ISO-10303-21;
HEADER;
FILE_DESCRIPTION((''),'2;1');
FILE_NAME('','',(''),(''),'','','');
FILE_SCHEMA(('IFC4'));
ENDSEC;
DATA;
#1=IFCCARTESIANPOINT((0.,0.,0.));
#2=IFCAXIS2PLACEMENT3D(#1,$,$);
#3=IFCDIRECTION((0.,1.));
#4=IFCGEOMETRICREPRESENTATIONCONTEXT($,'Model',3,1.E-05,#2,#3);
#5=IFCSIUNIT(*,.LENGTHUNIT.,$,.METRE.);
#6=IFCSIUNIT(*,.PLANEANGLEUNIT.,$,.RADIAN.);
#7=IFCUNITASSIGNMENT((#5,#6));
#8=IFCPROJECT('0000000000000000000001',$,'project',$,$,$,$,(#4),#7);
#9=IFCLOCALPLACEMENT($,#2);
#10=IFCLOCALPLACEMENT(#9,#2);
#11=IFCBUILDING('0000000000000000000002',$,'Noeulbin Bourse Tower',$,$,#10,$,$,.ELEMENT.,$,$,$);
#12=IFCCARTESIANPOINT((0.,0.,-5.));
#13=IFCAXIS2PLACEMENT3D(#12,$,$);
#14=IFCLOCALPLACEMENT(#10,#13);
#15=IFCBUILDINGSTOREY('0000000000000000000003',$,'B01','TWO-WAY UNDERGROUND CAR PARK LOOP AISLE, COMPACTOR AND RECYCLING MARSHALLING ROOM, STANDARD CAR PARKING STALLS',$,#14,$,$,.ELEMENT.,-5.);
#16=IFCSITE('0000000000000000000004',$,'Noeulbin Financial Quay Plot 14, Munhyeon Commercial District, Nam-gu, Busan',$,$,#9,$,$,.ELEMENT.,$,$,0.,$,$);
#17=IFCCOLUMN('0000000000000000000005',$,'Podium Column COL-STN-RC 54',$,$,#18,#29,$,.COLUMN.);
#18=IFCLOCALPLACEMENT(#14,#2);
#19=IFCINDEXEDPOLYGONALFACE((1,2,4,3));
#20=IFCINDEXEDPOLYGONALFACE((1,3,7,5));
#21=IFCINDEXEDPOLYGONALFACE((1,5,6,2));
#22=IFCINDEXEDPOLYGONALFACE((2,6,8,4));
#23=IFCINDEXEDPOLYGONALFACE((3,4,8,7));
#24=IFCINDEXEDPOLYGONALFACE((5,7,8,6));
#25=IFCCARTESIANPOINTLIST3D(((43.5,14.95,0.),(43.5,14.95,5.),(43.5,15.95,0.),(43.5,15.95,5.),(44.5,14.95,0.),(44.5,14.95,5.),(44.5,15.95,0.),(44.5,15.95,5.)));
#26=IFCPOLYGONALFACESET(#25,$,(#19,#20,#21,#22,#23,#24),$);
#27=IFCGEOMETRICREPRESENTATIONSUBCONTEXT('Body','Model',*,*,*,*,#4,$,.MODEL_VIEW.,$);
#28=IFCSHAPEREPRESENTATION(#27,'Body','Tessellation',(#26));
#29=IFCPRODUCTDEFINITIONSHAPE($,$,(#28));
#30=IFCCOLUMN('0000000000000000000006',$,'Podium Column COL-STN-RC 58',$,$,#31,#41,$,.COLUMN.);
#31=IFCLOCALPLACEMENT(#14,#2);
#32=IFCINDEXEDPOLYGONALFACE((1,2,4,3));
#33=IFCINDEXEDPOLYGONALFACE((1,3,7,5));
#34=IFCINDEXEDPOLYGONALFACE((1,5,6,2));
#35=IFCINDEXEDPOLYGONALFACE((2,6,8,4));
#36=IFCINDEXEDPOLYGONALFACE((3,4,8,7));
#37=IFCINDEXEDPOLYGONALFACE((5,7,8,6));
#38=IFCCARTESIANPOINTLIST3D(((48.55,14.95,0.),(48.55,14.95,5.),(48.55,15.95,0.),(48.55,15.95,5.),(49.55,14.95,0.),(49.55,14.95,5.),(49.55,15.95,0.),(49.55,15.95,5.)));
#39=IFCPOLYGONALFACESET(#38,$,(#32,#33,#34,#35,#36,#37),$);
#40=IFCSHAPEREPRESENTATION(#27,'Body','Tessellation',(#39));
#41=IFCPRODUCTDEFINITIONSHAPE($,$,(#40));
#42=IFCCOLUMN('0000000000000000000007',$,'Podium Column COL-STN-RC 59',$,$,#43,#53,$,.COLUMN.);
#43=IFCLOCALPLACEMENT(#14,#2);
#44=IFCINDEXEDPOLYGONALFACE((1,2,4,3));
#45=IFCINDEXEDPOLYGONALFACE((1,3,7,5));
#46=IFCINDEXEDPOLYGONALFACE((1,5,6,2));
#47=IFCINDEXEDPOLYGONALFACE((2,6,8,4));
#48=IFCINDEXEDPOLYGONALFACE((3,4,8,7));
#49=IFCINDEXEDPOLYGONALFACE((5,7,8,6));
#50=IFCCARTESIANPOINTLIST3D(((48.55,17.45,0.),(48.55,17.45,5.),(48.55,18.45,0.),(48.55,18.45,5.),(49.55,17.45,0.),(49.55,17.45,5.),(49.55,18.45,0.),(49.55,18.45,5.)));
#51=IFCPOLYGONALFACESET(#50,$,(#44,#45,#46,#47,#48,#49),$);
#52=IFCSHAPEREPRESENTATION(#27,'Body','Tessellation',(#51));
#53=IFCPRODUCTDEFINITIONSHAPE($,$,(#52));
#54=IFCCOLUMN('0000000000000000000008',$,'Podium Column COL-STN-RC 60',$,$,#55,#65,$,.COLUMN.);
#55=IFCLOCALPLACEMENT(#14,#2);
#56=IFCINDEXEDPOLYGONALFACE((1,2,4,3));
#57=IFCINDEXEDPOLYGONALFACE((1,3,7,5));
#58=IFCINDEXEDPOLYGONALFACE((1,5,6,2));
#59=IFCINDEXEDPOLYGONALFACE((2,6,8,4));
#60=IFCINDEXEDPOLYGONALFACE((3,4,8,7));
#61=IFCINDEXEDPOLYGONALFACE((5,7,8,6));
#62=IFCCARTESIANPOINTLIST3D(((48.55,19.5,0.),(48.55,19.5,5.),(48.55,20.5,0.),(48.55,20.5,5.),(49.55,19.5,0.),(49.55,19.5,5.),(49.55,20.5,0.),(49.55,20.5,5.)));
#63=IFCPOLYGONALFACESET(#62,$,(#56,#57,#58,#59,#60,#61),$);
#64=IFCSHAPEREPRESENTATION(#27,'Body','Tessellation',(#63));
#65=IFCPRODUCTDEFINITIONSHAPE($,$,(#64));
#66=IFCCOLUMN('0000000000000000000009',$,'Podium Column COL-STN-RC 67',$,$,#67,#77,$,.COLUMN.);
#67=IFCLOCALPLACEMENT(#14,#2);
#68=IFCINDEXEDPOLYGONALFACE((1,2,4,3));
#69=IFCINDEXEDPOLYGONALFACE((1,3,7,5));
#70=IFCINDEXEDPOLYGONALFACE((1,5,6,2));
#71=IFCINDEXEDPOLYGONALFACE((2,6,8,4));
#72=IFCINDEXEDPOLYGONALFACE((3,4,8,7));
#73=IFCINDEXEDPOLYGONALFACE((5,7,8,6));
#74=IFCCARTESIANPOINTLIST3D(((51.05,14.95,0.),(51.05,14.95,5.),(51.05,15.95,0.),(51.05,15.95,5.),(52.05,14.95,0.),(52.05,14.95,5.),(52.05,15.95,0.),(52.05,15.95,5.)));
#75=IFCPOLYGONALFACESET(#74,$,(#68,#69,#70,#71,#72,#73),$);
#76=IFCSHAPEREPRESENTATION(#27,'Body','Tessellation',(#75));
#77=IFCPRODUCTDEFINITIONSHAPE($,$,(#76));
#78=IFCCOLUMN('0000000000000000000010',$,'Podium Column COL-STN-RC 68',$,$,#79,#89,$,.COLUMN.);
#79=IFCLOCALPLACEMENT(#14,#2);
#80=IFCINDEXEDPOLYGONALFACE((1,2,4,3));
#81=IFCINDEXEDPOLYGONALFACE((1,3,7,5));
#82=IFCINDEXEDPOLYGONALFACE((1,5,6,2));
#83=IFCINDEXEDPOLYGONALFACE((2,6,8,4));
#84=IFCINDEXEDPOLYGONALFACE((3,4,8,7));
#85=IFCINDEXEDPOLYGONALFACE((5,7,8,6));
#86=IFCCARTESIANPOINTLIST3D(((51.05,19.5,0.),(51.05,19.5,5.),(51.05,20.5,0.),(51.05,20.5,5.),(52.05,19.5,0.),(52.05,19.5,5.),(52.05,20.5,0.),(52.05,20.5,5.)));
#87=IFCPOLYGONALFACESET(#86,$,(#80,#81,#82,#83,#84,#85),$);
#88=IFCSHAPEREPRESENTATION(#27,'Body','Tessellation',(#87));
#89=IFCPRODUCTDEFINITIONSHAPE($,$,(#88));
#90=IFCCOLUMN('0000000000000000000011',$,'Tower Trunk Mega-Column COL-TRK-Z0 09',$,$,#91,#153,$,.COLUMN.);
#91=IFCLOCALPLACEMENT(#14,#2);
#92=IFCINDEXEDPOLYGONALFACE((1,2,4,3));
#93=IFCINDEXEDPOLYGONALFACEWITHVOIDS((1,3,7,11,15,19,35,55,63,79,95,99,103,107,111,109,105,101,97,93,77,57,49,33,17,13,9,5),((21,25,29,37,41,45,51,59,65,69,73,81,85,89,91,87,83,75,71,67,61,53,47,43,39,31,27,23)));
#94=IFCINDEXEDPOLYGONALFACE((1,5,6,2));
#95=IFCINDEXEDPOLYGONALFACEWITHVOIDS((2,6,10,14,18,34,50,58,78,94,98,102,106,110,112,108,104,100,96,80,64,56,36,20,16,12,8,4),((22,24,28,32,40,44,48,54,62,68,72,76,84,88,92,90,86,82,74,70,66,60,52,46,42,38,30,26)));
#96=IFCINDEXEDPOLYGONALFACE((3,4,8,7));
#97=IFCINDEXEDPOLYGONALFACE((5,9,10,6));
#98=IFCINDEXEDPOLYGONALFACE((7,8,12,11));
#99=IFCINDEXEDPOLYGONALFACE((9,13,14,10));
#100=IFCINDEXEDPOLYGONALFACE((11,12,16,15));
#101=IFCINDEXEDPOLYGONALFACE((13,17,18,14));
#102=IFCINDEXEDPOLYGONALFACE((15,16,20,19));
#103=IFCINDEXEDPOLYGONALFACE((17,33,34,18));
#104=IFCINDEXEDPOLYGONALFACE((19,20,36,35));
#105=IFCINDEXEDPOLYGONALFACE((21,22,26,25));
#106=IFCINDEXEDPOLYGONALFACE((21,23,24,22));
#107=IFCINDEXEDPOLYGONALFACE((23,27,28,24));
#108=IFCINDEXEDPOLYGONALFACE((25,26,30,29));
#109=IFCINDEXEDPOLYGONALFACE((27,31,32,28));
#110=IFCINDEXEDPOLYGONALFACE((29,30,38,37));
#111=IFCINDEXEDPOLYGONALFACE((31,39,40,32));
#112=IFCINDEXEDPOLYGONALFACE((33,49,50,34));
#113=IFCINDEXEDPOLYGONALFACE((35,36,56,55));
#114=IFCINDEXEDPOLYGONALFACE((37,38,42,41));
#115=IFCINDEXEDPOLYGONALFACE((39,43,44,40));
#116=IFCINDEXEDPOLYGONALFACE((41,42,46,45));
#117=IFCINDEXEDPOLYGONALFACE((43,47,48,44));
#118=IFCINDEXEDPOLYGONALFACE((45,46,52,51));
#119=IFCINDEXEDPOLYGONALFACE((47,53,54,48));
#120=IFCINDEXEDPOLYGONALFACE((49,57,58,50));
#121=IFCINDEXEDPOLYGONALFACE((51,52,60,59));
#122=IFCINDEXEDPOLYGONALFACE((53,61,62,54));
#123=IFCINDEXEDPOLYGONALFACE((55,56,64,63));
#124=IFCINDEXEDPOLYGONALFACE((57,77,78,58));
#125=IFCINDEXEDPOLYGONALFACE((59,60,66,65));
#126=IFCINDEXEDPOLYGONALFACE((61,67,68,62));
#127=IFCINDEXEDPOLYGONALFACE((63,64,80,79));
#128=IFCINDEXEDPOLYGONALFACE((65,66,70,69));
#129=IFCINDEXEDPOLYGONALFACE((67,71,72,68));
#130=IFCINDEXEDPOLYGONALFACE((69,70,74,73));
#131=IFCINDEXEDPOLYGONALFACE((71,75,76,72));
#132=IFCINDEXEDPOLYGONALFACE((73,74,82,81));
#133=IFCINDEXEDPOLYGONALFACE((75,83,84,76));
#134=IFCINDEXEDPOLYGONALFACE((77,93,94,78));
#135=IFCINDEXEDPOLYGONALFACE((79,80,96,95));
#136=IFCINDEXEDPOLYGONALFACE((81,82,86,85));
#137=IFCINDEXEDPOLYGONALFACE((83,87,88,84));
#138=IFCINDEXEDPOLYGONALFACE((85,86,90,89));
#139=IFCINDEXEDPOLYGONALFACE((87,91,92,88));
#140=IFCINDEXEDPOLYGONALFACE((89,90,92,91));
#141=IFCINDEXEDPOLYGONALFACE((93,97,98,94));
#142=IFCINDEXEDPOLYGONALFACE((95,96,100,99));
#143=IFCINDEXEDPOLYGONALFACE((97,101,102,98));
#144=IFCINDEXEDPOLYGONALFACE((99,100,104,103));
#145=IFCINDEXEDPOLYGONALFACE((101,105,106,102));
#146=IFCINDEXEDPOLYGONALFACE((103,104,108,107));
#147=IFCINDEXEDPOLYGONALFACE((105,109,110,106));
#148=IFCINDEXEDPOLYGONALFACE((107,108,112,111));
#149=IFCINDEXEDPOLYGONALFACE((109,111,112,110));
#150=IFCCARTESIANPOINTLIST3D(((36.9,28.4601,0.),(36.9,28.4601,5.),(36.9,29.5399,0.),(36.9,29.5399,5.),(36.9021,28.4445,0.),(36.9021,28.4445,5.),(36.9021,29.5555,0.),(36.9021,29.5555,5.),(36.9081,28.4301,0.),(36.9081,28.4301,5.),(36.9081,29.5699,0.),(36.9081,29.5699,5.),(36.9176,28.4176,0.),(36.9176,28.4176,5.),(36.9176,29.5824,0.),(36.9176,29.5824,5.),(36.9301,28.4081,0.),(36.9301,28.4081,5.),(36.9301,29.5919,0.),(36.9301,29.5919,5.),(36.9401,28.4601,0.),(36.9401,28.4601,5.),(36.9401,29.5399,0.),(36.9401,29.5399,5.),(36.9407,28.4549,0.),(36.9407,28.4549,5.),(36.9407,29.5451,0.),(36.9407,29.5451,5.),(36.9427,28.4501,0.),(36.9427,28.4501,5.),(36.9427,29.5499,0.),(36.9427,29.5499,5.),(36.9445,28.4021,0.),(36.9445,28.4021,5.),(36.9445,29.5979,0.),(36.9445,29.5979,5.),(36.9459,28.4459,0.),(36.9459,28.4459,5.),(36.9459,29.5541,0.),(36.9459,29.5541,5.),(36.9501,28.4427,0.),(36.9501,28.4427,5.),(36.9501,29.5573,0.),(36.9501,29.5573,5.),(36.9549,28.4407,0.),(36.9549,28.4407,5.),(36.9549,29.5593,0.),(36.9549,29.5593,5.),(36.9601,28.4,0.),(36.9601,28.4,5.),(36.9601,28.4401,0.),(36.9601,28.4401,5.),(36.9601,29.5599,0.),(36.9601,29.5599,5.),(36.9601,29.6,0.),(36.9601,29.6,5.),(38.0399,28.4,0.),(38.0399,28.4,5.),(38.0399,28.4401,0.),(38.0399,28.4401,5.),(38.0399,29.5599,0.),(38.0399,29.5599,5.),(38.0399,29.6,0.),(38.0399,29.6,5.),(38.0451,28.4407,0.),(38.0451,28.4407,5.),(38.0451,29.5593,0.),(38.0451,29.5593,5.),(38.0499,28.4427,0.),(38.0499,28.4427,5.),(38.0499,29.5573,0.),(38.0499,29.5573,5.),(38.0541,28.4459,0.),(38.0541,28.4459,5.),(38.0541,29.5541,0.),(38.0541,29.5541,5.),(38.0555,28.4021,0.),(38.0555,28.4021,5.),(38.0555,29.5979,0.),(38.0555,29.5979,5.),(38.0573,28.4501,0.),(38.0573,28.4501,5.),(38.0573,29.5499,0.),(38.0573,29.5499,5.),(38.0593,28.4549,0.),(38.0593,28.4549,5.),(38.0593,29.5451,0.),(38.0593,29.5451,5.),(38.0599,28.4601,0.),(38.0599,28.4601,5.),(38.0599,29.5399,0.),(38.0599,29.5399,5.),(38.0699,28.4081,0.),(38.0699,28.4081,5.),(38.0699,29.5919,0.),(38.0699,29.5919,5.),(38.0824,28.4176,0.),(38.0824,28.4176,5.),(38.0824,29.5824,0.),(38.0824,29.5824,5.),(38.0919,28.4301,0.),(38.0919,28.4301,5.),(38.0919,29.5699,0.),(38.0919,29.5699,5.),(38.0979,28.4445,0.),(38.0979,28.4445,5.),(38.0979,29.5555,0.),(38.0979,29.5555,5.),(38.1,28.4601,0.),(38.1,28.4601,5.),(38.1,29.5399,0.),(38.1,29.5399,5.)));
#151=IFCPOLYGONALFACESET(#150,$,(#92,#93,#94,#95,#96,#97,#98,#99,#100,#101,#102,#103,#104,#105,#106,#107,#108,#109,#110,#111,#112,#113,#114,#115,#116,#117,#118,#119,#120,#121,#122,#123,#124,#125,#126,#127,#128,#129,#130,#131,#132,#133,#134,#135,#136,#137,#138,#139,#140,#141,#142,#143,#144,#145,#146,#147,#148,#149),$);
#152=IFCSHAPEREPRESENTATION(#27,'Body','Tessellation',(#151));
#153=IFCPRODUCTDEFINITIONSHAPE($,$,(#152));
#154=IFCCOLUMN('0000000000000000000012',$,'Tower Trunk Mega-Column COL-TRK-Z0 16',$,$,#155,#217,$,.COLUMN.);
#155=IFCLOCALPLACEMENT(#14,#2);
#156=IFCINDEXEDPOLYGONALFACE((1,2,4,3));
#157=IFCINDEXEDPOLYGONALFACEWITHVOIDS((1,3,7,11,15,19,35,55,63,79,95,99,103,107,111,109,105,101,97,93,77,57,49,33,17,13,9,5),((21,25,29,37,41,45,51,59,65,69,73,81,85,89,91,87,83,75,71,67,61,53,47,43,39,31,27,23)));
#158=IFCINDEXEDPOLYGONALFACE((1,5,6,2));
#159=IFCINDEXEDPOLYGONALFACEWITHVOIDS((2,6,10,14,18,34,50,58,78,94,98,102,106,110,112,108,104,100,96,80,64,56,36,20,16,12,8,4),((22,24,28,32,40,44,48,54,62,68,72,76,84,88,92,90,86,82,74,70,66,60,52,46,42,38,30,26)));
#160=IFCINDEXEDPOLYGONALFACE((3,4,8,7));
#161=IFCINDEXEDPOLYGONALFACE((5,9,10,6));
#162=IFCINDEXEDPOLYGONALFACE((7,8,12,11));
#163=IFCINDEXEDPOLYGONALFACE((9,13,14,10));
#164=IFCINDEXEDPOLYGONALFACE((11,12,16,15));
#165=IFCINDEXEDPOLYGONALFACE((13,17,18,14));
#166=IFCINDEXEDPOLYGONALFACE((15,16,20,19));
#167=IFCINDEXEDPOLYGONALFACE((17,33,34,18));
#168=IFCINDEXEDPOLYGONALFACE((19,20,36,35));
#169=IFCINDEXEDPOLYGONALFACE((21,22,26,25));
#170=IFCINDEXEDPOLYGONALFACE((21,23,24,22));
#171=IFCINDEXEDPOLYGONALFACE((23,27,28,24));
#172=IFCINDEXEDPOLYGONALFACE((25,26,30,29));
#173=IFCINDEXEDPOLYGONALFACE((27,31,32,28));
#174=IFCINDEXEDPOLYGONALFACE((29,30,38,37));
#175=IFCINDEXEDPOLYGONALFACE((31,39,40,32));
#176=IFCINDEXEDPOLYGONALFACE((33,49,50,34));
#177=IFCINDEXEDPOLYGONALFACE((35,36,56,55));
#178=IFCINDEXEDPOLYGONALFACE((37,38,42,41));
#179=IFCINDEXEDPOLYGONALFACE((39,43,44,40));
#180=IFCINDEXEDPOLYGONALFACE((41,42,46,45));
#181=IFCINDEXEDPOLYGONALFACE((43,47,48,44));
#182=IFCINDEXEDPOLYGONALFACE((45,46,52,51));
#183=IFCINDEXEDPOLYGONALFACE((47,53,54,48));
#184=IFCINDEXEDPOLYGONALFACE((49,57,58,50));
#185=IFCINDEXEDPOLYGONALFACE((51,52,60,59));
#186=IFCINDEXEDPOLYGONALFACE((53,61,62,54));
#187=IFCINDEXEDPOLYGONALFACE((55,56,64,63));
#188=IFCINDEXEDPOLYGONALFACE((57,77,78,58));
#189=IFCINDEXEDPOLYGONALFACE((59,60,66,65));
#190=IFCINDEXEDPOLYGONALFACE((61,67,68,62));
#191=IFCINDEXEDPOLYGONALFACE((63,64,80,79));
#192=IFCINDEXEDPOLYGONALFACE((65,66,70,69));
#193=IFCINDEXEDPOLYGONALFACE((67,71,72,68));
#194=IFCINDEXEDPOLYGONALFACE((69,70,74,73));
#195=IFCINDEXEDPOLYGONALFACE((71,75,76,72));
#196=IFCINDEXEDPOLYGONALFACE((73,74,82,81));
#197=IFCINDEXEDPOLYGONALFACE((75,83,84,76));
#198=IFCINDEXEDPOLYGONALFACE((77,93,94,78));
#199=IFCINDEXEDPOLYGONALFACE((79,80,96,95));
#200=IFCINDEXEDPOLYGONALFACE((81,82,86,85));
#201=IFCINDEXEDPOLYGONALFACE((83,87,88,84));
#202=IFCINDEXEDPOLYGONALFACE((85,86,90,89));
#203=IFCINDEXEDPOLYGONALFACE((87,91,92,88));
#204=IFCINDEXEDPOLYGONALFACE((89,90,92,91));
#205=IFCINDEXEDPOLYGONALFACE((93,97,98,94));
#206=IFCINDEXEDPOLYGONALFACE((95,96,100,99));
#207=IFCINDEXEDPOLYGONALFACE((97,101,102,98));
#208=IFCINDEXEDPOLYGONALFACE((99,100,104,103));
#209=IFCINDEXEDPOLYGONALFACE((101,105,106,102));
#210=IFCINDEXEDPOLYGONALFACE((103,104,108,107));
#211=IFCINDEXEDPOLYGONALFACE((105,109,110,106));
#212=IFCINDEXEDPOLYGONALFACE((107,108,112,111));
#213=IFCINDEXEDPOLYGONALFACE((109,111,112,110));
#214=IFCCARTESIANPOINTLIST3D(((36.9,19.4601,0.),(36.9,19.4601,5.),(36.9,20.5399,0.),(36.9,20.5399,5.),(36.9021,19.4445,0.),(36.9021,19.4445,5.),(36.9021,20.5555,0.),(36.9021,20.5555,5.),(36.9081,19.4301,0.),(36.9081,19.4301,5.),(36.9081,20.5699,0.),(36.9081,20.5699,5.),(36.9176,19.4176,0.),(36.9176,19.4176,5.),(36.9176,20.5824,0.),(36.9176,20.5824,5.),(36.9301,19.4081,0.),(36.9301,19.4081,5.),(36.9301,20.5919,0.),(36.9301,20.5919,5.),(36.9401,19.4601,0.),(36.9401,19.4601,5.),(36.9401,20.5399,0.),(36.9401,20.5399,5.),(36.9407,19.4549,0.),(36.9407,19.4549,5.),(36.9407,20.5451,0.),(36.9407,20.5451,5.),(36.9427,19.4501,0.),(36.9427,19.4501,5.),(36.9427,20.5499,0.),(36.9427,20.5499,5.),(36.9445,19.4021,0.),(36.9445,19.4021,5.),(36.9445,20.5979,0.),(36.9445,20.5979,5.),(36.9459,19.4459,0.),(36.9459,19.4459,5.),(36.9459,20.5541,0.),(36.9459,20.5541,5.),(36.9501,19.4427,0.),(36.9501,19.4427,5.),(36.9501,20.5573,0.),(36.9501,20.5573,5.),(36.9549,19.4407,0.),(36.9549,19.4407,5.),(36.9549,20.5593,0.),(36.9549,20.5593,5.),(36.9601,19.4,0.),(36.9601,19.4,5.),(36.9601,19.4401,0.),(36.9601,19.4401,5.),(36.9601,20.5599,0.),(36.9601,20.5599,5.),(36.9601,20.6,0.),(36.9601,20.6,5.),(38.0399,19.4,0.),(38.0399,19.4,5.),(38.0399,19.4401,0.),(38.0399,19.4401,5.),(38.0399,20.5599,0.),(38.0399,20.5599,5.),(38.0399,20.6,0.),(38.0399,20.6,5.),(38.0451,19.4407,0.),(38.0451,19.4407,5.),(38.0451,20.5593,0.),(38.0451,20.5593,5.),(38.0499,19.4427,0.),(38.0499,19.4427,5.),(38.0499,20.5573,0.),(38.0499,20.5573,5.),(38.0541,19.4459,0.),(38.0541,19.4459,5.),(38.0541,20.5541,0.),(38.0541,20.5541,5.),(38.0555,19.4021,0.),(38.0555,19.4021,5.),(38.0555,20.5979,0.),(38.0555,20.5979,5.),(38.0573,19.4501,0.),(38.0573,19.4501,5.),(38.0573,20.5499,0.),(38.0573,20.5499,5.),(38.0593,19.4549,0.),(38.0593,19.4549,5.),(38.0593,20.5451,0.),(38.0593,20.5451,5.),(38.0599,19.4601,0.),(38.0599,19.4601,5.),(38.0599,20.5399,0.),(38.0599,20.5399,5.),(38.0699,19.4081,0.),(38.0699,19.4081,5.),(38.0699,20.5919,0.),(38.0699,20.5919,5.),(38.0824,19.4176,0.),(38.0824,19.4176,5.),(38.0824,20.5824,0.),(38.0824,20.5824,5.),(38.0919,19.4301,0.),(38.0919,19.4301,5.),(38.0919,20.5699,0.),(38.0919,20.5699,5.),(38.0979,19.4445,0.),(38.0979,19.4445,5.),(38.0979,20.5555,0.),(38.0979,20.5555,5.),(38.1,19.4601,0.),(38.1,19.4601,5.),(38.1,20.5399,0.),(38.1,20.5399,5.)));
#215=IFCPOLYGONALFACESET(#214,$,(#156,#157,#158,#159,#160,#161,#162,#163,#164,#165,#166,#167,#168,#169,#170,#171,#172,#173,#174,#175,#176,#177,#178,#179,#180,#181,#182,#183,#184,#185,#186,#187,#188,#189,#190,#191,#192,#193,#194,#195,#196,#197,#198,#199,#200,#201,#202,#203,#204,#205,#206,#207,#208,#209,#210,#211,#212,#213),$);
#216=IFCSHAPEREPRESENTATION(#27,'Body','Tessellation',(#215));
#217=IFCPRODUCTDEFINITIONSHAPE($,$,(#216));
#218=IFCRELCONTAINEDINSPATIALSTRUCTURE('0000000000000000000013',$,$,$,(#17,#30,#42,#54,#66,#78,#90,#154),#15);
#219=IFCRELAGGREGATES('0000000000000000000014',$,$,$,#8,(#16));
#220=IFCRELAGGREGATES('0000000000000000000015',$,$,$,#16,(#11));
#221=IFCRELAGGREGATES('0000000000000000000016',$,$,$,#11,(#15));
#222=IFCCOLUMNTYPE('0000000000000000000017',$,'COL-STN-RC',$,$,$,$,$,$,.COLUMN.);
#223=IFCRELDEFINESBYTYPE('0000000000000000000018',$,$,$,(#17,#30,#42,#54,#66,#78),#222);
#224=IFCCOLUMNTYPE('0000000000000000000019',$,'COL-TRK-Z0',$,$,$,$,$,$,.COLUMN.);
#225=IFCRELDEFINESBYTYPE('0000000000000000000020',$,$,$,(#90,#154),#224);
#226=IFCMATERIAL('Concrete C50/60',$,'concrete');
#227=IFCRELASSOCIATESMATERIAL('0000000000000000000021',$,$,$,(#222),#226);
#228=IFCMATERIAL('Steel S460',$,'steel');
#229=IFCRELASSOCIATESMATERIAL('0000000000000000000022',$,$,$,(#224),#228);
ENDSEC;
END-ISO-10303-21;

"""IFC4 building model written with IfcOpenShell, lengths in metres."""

from ifc_helpers import new_model, si_unit, direction, frame, origin, origin_2d, place, context, subcontext, project, spatial, rectangle, hollow_rectangle, extrude, material, material_profile, profile_set, type_object, element, save


model = new_model("IFC4")

# Units and contexts
model_context = context("Model", 3, precision=1e-05, world=origin(), true_north=direction((0.0, 1.0)))
body_context = subcontext(model_context, "Body", "Model", "MODEL_VIEW")
ifc_project = project(units=[si_unit("LENGTHUNIT", "METRE"), si_unit("PLANEANGLEUNIT", "RADIAN")], contexts=[model_context])

# Site, building, storey
site_placement = place(None, origin())
site = spatial("IfcSite", under=ifc_project, at=site_placement, Name="Noeulbin Financial Quay Plot 14, Munhyeon Commercial District, Nam-gu, Busan", CompositionType="ELEMENT", RefElevation=0.0)
building_placement = place(site_placement, origin())
building = spatial("IfcBuilding", under=site, at=building_placement, Name="Noeulbin Bourse Tower", CompositionType="ELEMENT")
storey_placement = place(building_placement, frame((0.0, 0.0, -5.0)))
storey = spatial("IfcBuildingStorey", under=building, at=storey_placement, Name="B01", Description="TWO-WAY UNDERGROUND CAR PARK LOOP AISLE, COMPACTOR AND RECYCLING MARSHALLING ROOM, STANDARD CAR PARKING STALLS", CompositionType="ELEMENT", Elevation=-5.0)

# Columns
ifc_material_1 = material(Name="Concrete C50/60", Category="concrete")
ifc_material_profile_1 = material_profile(ifc_material_1, rectangle(XDim=1.0, YDim=1.0, at=origin_2d()), Name="RC-COL-1000x1000", Category="LoadBearing")
ifc_profile_set_1 = profile_set([ifc_material_profile_1], Name="Concrete C50/60")
column_type_1 = type_object("IfcColumnType", Name="COL-STN-RC", PredefinedType="COLUMN", material=ifc_profile_set_1)
for number, where, z_axis, x_axis, name in (
    (1, (44.0, 15.45, 0.0), (0.0, 0.0, 1.0), (1.0, 0.0, 0.0), "Podium Column COL-STN-RC 54"),
    (2, (49.05, 15.45, 0.0), (0.0, 0.0, 1.0), (1.0, 0.0, 0.0), "Podium Column COL-STN-RC 58"),
    (3, (49.05, 17.95, 0.0), (0.0, 0.0, 1.0), (1.0, 0.0, 0.0), "Podium Column COL-STN-RC 59"),
    (4, (49.05, 20.0, 0.0), (0.0, 0.0, 1.0), (1.0, 0.0, 0.0), "Podium Column COL-STN-RC 60"),
    (5, (51.55, 15.45, 0.0), (0.0, 0.0, 1.0), (1.0, 0.0, 0.0), "Podium Column COL-STN-RC 67"),
    (6, (51.55, 20.0, 0.0), (0.0, 0.0, 1.0), (1.0, 0.0, 0.0), "Podium Column COL-STN-RC 68"),
):
    element("IfcColumn", number, at=place(storey_placement, frame(where, z_axis=z_axis, x_axis=x_axis)), inside=storey, type_object=column_type_1, Name=name, PredefinedType="COLUMN", context=body_context, shape_type="SweptSolid", body=[
        extrude(rectangle(XDim=1.0, YDim=1.0, at=origin_2d()), origin(), (0.0, 0.0, 1.0), 5.0),
    ])
ifc_material_2 = material(Name="Steel S460", Category="steel")
ifc_material_profile_2 = material_profile(ifc_material_2, hollow_rectangle(XDim=1.2, YDim=1.2, WallThickness=0.04, InnerFilletRadius=0.02, OuterFilletRadius=0.0601, at=origin_2d()), Name="BOX-1200x1200x40", Category="LoadBearing")
ifc_profile_set_2 = profile_set([ifc_material_profile_2], Name="Steel S460")
column_type_2 = type_object("IfcColumnType", Name="COL-TRK-Z0", PredefinedType="COLUMN", material=ifc_profile_set_2)
for number, where, z_axis, x_axis, name in (
    (7, (37.5, 29.0, 0.0), (0.0, 0.0, 1.0), (1.0, 0.0, 0.0), "Tower Trunk Mega-Column COL-TRK-Z0 09"),
    (8, (37.5, 20.0, 0.0), (0.0, 0.0, 1.0), (1.0, 0.0, 0.0), "Tower Trunk Mega-Column COL-TRK-Z0 16"),
):
    element("IfcColumn", number, at=place(storey_placement, frame(where, z_axis=z_axis, x_axis=x_axis)), inside=storey, type_object=column_type_2, Name=name, PredefinedType="COLUMN", context=body_context, shape_type="SweptSolid", body=[
        extrude(hollow_rectangle(XDim=1.2, YDim=1.2, WallThickness=0.04, InnerFilletRadius=0.02, OuterFilletRadius=0.0601, at=origin_2d()), origin(), (0.0, 0.0, 1.0), 5.0),
    ])

save(model, "model.ifc")
